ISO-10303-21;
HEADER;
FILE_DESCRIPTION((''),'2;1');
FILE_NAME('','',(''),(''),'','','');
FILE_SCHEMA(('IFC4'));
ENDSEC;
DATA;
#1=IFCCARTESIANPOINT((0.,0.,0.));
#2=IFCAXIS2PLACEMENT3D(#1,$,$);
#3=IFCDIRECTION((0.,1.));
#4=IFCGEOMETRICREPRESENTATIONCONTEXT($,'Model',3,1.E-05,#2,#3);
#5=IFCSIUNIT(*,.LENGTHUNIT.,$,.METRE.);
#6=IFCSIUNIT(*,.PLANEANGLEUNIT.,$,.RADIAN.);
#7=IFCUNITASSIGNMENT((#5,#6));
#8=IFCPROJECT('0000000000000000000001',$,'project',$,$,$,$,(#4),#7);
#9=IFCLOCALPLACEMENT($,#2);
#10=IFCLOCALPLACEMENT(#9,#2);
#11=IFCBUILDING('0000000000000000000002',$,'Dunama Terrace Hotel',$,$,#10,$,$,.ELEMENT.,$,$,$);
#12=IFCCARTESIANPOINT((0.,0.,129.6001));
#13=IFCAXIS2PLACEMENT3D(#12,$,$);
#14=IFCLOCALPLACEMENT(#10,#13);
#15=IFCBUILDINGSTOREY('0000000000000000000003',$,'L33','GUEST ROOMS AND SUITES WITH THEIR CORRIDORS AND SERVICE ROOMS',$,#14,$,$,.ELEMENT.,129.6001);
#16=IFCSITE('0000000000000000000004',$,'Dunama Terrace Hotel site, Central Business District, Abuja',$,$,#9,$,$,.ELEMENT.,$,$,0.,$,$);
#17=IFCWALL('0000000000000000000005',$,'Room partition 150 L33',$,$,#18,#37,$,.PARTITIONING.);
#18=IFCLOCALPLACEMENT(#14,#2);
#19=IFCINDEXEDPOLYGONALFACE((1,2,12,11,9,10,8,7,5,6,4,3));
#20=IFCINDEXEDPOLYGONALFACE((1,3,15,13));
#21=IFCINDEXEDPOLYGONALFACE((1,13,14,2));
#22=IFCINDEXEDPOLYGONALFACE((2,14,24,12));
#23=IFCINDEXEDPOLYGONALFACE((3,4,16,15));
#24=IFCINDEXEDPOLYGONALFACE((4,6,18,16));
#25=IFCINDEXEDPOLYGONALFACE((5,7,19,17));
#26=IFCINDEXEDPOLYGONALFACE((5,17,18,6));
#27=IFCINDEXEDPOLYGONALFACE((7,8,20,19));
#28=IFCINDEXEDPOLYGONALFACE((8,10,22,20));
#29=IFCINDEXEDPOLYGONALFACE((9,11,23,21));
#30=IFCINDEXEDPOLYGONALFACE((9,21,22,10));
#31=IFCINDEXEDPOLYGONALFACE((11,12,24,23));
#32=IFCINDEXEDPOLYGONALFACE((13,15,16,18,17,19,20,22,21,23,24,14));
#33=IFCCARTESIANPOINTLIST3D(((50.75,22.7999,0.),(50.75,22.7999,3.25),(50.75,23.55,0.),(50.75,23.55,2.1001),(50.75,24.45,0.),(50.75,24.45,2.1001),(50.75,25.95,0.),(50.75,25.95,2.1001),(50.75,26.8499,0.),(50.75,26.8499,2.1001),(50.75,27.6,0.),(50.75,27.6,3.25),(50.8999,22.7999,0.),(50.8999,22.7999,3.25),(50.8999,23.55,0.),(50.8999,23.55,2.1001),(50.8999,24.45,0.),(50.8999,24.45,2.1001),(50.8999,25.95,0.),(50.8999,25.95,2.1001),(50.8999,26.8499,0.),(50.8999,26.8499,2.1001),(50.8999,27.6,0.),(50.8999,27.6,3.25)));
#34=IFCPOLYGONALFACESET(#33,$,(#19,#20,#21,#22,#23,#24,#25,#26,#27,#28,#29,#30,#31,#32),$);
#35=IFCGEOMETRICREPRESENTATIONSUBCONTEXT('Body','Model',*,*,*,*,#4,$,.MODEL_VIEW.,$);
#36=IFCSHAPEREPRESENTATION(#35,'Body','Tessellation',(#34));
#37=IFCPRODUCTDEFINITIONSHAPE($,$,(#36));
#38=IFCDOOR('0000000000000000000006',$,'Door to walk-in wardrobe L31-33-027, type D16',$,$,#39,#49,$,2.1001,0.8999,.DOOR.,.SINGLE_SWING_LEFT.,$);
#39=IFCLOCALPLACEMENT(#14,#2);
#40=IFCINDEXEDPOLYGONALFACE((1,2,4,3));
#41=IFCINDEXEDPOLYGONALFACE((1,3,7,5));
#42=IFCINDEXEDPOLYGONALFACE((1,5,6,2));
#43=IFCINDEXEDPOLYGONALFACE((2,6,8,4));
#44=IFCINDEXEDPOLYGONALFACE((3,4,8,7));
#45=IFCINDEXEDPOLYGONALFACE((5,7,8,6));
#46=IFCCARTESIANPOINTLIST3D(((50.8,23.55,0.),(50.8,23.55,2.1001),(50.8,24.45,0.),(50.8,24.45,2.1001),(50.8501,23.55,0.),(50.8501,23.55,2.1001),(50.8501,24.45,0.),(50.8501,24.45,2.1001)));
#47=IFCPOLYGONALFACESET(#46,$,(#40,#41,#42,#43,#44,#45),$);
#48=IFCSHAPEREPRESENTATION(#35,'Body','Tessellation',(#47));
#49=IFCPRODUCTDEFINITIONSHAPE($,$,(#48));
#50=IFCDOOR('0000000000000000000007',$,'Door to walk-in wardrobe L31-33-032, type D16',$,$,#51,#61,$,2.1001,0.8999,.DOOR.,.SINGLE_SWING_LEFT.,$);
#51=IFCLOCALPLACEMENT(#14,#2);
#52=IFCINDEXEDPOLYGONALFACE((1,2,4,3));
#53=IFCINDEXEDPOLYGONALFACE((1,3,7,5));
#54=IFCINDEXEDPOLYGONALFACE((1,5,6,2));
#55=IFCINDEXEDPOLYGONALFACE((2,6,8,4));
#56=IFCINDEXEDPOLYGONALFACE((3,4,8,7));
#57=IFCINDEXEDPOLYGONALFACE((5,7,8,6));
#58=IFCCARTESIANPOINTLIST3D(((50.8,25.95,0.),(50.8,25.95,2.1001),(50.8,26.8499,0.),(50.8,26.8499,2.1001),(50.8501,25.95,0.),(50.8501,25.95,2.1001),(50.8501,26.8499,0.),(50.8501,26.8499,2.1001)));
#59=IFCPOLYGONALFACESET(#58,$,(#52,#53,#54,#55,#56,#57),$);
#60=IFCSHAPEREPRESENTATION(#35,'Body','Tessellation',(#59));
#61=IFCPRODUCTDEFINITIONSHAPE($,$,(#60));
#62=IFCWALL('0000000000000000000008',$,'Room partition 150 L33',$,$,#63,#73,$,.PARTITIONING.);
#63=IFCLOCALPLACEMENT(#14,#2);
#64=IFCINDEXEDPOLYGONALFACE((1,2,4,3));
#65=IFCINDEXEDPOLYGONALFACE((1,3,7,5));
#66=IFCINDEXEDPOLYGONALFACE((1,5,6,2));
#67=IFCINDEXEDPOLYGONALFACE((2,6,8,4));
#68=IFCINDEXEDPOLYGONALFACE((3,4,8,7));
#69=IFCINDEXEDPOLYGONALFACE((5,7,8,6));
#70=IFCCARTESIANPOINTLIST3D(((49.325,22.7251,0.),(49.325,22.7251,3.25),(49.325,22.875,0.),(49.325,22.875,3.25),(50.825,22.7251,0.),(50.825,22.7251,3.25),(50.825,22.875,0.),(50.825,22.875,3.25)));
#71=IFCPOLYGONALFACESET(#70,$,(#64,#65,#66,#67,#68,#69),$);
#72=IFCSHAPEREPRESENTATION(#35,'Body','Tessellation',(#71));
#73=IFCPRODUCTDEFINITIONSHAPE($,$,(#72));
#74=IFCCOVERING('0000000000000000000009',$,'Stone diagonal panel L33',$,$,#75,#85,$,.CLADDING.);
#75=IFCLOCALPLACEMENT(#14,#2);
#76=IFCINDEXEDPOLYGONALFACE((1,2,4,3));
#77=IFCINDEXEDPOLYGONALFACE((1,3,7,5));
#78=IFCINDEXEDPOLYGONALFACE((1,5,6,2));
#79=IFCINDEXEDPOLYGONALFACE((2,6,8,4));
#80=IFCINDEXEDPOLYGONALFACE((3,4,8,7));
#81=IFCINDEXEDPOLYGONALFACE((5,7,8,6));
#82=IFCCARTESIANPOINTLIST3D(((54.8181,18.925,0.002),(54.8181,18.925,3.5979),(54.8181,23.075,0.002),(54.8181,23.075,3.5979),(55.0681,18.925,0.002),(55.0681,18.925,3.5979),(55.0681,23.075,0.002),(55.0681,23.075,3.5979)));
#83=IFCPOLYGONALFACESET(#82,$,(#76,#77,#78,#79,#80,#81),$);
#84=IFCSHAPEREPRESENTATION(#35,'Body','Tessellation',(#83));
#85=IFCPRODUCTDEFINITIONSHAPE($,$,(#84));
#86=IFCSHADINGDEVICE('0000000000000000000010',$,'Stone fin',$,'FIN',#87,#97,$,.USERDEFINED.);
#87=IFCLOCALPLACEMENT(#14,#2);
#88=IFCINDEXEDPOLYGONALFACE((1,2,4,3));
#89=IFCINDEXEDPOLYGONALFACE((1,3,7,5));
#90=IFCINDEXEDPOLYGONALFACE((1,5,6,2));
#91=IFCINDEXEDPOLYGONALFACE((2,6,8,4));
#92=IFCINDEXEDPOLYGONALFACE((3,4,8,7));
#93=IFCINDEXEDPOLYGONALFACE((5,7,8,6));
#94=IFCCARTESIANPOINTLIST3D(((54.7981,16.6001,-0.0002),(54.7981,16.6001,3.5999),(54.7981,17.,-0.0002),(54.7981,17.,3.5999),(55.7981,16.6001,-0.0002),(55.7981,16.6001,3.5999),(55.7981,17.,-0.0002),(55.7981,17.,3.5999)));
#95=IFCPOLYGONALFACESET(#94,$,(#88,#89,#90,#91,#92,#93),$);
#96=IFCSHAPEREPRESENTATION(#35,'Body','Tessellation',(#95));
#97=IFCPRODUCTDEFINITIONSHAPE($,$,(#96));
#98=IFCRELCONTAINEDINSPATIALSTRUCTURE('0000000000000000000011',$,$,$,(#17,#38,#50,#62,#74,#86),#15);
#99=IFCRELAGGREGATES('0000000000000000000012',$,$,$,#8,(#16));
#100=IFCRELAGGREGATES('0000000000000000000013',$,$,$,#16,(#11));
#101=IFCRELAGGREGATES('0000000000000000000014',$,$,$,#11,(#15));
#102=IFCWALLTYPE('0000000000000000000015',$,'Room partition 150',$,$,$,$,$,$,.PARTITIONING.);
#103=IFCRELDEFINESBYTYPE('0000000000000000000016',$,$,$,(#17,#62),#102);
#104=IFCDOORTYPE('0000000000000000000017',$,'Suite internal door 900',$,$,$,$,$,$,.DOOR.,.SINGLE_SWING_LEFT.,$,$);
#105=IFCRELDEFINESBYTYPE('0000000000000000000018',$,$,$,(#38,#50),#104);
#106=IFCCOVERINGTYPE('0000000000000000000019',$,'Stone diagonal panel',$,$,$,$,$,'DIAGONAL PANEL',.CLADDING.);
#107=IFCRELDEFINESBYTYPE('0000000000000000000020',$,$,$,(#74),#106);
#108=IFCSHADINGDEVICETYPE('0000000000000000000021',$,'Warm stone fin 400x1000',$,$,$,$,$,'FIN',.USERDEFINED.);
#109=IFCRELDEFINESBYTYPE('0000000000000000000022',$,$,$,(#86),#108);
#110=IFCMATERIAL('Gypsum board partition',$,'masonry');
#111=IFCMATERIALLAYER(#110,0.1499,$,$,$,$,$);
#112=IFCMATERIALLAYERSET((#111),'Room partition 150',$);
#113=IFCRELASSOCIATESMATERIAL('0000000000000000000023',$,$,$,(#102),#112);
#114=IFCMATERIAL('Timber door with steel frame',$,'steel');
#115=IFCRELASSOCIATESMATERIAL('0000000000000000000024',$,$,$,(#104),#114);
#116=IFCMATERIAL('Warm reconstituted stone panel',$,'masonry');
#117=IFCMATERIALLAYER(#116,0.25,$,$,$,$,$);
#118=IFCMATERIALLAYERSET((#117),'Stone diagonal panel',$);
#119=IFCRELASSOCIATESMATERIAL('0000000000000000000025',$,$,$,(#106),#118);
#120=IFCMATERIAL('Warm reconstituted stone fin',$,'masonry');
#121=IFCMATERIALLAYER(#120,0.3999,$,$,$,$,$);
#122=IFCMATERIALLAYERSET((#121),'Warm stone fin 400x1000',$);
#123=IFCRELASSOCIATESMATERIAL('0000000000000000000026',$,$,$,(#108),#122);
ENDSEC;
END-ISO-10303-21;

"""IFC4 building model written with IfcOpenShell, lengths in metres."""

from ifc_helpers import new_model, si_unit, direction, frame, frame_2d, origin, origin_2d, place, context, subcontext, project, spatial, rectangle, extrude, material, layer, layer_set, type_object, element, fill, save


model = new_model("IFC4")

# Units and contexts
model_context = context("Model", 3, precision=1e-05, world=origin(), true_north=direction((0.0, 1.0)))
body_context = subcontext(model_context, "Body", "Model", "MODEL_VIEW")
ifc_project = project(units=[si_unit("LENGTHUNIT", "METRE"), si_unit("PLANEANGLEUNIT", "RADIAN")], contexts=[model_context])

# Site, building, storey
site_placement = place(None, origin())
site = spatial("IfcSite", under=ifc_project, at=site_placement, Name="Dunama Terrace Hotel site, Central Business District, Abuja", CompositionType="ELEMENT", RefElevation=0.0)
building_placement = place(site_placement, origin())
building = spatial("IfcBuilding", under=site, at=building_placement, Name="Dunama Terrace Hotel", CompositionType="ELEMENT")
storey_placement = place(building_placement, frame((0.0, 0.0, 129.6001)))
storey = spatial("IfcBuildingStorey", under=building, at=storey_placement, Name="L33", Description="GUEST ROOMS AND SUITES WITH THEIR CORRIDORS AND SERVICE ROOMS", CompositionType="ELEMENT", Elevation=129.6001)

# Shared definitions
ifc_material_1 = material(Name="Gypsum board partition", Category="masonry")
ifc_layer_1 = layer(ifc_material_1, 0.1499)
ifc_layer_set_1 = layer_set([ifc_layer_1], Name="Room partition 150")
wall_type_1 = type_object("IfcWallType", Name="Room partition 150", PredefinedType="PARTITIONING", material=ifc_layer_set_1)

# Wall, openings, doors
wall_1_placement = place(storey_placement, frame((50.825, 22.8, 0.0), z_axis=(0.0, 0.0, 1.0), x_axis=(0.0, 1.0, 0.0)))
wall_1 = element("IfcWall", 1, at=wall_1_placement, inside=storey, type_object=wall_type_1, Name="Room partition 150 L33", PredefinedType="PARTITIONING", context=body_context, shape_type="SweptSolid", body=[
    extrude(rectangle(XDim=4.8, YDim=0.1499, at=frame_2d((2.3999, 0.0))), origin(), (0.0, 0.0, 1.0), 3.25),
])
opening_1_placement = place(wall_1_placement, frame((0.75, 0.0, 0.0)))
opening_1 = element("IfcOpeningElement", 2, at=opening_1_placement, cuts=wall_1, PredefinedType="OPENING", context=body_context, shape_type="SweptSolid", body=[
    extrude(rectangle(XDim=0.8999, YDim=2.1001, at=frame_2d((0.45, 1.05))), frame((0.0, 0.085, 0.0), z_axis=(0.0, -1.0, 0.0), x_axis=(1.0, 0.0, 0.0)), (0.0, 0.0, 1.0), 0.1699),
])
opening_2_placement = place(wall_1_placement, frame((3.1499, 0.0, 0.0)))
opening_2 = element("IfcOpeningElement", 3, at=opening_2_placement, cuts=wall_1, PredefinedType="OPENING", context=body_context, shape_type="SweptSolid", body=[
    extrude(rectangle(XDim=0.8999, YDim=2.1001, at=frame_2d((0.45, 1.05))), frame((0.0, 0.085, 0.0), z_axis=(0.0, -1.0, 0.0), x_axis=(1.0, 0.0, 0.0)), (0.0, 0.0, 1.0), 0.1699),
])
ifc_material_2 = material(Name="Timber door with steel frame", Category="steel")
door_type_1 = type_object("IfcDoorType", Name="Suite internal door 900", OperationType="SINGLE_SWING_LEFT", PredefinedType="DOOR", material=ifc_material_2)
door_1_placement = place(opening_1_placement, origin())
door_1 = element("IfcDoor", 4, at=door_1_placement, inside=storey, type_object=door_type_1, Name="Door to walk-in wardrobe L31-33-027, type D16", OperationType="SINGLE_SWING_LEFT", OverallHeight=2.1001, OverallWidth=0.8999, PredefinedType="DOOR", context=body_context, shape_type="SweptSolid", body=[
    extrude(rectangle(XDim=0.8999, YDim=2.1001, at=frame_2d((0.45, 1.05))), frame((0.0, 0.0249, 0.0), z_axis=(0.0, -1.0, 0.0), x_axis=(1.0, 0.0, 0.0)), (0.0, 0.0, 1.0), 0.05),
])
fill(opening_1, door_1)
door_2_placement = place(opening_2_placement, origin())
door_2 = element("IfcDoor", 5, at=door_2_placement, inside=storey, type_object=door_type_1, Name="Door to walk-in wardrobe L31-33-032, type D16", OperationType="SINGLE_SWING_LEFT", OverallHeight=2.1001, OverallWidth=0.8999, PredefinedType="DOOR", context=body_context, shape_type="SweptSolid", body=[
    extrude(rectangle(XDim=0.8999, YDim=2.1001, at=frame_2d((0.45, 1.05))), frame((0.0, 0.0249, 0.0), z_axis=(0.0, -1.0, 0.0), x_axis=(1.0, 0.0, 0.0)), (0.0, 0.0, 1.0), 0.05),
])
fill(opening_2, door_2)

# Wall
wall_2_placement = place(storey_placement, frame((49.325, 22.8, 0.0), z_axis=(0.0, 0.0, 1.0), x_axis=(1.0, 0.0, 0.0)))
element("IfcWall", 6, at=wall_2_placement, inside=storey, type_object=wall_type_1, Name="Room partition 150 L33", PredefinedType="PARTITIONING", context=body_context, shape_type="SweptSolid", body=[
    extrude(rectangle(XDim=1.5, YDim=0.1499, at=frame_2d((0.75, 0.0))), origin(), (0.0, 0.0, 1.0), 3.25),
])

# Covering
ifc_material_3 = material(Name="Warm reconstituted stone panel", Category="masonry")
ifc_layer_2 = layer(ifc_material_3, 0.25)
ifc_layer_set_2 = layer_set([ifc_layer_2], Name="Stone diagonal panel")
covering_type = type_object("IfcCoveringType", Name="Stone diagonal panel", ElementType="DIAGONAL PANEL", PredefinedType="CLADDING", material=ifc_layer_set_2)
covering_placement = place(storey_placement, frame((54.9431, 21.0, 0.002), z_axis=(0.0, 0.0, 1.0), x_axis=(0.0, 1.0, 0.0)))
element("IfcCovering", 7, at=covering_placement, inside=storey, type_object=covering_type, Name="Stone diagonal panel L33", PredefinedType="CLADDING", context=body_context, shape_type="SweptSolid", body=[
    extrude(rectangle(XDim=4.1499, YDim=0.25, at=origin_2d()), origin(), (0.0, 0.0, 1.0), 3.5959),
])

# Shading device
ifc_material_4 = material(Name="Warm reconstituted stone fin", Category="masonry")
ifc_layer_3 = layer(ifc_material_4, 0.3999)
ifc_layer_set_3 = layer_set([ifc_layer_3], Name="Warm stone fin 400x1000")
shading_device_type = type_object("IfcShadingDeviceType", Name="Warm stone fin 400x1000", ElementType="FIN", PredefinedType="USERDEFINED", material=ifc_layer_set_3)
shading_device_placement = place(storey_placement, frame((55.2981, 16.8, -0.0002), z_axis=(0.0, 0.0, 1.0), x_axis=(0.0, 1.0, 0.0)))
element("IfcShadingDevice", 8, at=shading_device_placement, inside=storey, type_object=shading_device_type, Name="Stone fin", ObjectType="FIN", PredefinedType="USERDEFINED", context=body_context, shape_type="SweptSolid", body=[
    extrude(rectangle(XDim=0.3999, YDim=1.0, at=origin_2d()), origin(), (0.0, 0.0, 1.0), 3.6001),
])

save(model, "model.ifc")
